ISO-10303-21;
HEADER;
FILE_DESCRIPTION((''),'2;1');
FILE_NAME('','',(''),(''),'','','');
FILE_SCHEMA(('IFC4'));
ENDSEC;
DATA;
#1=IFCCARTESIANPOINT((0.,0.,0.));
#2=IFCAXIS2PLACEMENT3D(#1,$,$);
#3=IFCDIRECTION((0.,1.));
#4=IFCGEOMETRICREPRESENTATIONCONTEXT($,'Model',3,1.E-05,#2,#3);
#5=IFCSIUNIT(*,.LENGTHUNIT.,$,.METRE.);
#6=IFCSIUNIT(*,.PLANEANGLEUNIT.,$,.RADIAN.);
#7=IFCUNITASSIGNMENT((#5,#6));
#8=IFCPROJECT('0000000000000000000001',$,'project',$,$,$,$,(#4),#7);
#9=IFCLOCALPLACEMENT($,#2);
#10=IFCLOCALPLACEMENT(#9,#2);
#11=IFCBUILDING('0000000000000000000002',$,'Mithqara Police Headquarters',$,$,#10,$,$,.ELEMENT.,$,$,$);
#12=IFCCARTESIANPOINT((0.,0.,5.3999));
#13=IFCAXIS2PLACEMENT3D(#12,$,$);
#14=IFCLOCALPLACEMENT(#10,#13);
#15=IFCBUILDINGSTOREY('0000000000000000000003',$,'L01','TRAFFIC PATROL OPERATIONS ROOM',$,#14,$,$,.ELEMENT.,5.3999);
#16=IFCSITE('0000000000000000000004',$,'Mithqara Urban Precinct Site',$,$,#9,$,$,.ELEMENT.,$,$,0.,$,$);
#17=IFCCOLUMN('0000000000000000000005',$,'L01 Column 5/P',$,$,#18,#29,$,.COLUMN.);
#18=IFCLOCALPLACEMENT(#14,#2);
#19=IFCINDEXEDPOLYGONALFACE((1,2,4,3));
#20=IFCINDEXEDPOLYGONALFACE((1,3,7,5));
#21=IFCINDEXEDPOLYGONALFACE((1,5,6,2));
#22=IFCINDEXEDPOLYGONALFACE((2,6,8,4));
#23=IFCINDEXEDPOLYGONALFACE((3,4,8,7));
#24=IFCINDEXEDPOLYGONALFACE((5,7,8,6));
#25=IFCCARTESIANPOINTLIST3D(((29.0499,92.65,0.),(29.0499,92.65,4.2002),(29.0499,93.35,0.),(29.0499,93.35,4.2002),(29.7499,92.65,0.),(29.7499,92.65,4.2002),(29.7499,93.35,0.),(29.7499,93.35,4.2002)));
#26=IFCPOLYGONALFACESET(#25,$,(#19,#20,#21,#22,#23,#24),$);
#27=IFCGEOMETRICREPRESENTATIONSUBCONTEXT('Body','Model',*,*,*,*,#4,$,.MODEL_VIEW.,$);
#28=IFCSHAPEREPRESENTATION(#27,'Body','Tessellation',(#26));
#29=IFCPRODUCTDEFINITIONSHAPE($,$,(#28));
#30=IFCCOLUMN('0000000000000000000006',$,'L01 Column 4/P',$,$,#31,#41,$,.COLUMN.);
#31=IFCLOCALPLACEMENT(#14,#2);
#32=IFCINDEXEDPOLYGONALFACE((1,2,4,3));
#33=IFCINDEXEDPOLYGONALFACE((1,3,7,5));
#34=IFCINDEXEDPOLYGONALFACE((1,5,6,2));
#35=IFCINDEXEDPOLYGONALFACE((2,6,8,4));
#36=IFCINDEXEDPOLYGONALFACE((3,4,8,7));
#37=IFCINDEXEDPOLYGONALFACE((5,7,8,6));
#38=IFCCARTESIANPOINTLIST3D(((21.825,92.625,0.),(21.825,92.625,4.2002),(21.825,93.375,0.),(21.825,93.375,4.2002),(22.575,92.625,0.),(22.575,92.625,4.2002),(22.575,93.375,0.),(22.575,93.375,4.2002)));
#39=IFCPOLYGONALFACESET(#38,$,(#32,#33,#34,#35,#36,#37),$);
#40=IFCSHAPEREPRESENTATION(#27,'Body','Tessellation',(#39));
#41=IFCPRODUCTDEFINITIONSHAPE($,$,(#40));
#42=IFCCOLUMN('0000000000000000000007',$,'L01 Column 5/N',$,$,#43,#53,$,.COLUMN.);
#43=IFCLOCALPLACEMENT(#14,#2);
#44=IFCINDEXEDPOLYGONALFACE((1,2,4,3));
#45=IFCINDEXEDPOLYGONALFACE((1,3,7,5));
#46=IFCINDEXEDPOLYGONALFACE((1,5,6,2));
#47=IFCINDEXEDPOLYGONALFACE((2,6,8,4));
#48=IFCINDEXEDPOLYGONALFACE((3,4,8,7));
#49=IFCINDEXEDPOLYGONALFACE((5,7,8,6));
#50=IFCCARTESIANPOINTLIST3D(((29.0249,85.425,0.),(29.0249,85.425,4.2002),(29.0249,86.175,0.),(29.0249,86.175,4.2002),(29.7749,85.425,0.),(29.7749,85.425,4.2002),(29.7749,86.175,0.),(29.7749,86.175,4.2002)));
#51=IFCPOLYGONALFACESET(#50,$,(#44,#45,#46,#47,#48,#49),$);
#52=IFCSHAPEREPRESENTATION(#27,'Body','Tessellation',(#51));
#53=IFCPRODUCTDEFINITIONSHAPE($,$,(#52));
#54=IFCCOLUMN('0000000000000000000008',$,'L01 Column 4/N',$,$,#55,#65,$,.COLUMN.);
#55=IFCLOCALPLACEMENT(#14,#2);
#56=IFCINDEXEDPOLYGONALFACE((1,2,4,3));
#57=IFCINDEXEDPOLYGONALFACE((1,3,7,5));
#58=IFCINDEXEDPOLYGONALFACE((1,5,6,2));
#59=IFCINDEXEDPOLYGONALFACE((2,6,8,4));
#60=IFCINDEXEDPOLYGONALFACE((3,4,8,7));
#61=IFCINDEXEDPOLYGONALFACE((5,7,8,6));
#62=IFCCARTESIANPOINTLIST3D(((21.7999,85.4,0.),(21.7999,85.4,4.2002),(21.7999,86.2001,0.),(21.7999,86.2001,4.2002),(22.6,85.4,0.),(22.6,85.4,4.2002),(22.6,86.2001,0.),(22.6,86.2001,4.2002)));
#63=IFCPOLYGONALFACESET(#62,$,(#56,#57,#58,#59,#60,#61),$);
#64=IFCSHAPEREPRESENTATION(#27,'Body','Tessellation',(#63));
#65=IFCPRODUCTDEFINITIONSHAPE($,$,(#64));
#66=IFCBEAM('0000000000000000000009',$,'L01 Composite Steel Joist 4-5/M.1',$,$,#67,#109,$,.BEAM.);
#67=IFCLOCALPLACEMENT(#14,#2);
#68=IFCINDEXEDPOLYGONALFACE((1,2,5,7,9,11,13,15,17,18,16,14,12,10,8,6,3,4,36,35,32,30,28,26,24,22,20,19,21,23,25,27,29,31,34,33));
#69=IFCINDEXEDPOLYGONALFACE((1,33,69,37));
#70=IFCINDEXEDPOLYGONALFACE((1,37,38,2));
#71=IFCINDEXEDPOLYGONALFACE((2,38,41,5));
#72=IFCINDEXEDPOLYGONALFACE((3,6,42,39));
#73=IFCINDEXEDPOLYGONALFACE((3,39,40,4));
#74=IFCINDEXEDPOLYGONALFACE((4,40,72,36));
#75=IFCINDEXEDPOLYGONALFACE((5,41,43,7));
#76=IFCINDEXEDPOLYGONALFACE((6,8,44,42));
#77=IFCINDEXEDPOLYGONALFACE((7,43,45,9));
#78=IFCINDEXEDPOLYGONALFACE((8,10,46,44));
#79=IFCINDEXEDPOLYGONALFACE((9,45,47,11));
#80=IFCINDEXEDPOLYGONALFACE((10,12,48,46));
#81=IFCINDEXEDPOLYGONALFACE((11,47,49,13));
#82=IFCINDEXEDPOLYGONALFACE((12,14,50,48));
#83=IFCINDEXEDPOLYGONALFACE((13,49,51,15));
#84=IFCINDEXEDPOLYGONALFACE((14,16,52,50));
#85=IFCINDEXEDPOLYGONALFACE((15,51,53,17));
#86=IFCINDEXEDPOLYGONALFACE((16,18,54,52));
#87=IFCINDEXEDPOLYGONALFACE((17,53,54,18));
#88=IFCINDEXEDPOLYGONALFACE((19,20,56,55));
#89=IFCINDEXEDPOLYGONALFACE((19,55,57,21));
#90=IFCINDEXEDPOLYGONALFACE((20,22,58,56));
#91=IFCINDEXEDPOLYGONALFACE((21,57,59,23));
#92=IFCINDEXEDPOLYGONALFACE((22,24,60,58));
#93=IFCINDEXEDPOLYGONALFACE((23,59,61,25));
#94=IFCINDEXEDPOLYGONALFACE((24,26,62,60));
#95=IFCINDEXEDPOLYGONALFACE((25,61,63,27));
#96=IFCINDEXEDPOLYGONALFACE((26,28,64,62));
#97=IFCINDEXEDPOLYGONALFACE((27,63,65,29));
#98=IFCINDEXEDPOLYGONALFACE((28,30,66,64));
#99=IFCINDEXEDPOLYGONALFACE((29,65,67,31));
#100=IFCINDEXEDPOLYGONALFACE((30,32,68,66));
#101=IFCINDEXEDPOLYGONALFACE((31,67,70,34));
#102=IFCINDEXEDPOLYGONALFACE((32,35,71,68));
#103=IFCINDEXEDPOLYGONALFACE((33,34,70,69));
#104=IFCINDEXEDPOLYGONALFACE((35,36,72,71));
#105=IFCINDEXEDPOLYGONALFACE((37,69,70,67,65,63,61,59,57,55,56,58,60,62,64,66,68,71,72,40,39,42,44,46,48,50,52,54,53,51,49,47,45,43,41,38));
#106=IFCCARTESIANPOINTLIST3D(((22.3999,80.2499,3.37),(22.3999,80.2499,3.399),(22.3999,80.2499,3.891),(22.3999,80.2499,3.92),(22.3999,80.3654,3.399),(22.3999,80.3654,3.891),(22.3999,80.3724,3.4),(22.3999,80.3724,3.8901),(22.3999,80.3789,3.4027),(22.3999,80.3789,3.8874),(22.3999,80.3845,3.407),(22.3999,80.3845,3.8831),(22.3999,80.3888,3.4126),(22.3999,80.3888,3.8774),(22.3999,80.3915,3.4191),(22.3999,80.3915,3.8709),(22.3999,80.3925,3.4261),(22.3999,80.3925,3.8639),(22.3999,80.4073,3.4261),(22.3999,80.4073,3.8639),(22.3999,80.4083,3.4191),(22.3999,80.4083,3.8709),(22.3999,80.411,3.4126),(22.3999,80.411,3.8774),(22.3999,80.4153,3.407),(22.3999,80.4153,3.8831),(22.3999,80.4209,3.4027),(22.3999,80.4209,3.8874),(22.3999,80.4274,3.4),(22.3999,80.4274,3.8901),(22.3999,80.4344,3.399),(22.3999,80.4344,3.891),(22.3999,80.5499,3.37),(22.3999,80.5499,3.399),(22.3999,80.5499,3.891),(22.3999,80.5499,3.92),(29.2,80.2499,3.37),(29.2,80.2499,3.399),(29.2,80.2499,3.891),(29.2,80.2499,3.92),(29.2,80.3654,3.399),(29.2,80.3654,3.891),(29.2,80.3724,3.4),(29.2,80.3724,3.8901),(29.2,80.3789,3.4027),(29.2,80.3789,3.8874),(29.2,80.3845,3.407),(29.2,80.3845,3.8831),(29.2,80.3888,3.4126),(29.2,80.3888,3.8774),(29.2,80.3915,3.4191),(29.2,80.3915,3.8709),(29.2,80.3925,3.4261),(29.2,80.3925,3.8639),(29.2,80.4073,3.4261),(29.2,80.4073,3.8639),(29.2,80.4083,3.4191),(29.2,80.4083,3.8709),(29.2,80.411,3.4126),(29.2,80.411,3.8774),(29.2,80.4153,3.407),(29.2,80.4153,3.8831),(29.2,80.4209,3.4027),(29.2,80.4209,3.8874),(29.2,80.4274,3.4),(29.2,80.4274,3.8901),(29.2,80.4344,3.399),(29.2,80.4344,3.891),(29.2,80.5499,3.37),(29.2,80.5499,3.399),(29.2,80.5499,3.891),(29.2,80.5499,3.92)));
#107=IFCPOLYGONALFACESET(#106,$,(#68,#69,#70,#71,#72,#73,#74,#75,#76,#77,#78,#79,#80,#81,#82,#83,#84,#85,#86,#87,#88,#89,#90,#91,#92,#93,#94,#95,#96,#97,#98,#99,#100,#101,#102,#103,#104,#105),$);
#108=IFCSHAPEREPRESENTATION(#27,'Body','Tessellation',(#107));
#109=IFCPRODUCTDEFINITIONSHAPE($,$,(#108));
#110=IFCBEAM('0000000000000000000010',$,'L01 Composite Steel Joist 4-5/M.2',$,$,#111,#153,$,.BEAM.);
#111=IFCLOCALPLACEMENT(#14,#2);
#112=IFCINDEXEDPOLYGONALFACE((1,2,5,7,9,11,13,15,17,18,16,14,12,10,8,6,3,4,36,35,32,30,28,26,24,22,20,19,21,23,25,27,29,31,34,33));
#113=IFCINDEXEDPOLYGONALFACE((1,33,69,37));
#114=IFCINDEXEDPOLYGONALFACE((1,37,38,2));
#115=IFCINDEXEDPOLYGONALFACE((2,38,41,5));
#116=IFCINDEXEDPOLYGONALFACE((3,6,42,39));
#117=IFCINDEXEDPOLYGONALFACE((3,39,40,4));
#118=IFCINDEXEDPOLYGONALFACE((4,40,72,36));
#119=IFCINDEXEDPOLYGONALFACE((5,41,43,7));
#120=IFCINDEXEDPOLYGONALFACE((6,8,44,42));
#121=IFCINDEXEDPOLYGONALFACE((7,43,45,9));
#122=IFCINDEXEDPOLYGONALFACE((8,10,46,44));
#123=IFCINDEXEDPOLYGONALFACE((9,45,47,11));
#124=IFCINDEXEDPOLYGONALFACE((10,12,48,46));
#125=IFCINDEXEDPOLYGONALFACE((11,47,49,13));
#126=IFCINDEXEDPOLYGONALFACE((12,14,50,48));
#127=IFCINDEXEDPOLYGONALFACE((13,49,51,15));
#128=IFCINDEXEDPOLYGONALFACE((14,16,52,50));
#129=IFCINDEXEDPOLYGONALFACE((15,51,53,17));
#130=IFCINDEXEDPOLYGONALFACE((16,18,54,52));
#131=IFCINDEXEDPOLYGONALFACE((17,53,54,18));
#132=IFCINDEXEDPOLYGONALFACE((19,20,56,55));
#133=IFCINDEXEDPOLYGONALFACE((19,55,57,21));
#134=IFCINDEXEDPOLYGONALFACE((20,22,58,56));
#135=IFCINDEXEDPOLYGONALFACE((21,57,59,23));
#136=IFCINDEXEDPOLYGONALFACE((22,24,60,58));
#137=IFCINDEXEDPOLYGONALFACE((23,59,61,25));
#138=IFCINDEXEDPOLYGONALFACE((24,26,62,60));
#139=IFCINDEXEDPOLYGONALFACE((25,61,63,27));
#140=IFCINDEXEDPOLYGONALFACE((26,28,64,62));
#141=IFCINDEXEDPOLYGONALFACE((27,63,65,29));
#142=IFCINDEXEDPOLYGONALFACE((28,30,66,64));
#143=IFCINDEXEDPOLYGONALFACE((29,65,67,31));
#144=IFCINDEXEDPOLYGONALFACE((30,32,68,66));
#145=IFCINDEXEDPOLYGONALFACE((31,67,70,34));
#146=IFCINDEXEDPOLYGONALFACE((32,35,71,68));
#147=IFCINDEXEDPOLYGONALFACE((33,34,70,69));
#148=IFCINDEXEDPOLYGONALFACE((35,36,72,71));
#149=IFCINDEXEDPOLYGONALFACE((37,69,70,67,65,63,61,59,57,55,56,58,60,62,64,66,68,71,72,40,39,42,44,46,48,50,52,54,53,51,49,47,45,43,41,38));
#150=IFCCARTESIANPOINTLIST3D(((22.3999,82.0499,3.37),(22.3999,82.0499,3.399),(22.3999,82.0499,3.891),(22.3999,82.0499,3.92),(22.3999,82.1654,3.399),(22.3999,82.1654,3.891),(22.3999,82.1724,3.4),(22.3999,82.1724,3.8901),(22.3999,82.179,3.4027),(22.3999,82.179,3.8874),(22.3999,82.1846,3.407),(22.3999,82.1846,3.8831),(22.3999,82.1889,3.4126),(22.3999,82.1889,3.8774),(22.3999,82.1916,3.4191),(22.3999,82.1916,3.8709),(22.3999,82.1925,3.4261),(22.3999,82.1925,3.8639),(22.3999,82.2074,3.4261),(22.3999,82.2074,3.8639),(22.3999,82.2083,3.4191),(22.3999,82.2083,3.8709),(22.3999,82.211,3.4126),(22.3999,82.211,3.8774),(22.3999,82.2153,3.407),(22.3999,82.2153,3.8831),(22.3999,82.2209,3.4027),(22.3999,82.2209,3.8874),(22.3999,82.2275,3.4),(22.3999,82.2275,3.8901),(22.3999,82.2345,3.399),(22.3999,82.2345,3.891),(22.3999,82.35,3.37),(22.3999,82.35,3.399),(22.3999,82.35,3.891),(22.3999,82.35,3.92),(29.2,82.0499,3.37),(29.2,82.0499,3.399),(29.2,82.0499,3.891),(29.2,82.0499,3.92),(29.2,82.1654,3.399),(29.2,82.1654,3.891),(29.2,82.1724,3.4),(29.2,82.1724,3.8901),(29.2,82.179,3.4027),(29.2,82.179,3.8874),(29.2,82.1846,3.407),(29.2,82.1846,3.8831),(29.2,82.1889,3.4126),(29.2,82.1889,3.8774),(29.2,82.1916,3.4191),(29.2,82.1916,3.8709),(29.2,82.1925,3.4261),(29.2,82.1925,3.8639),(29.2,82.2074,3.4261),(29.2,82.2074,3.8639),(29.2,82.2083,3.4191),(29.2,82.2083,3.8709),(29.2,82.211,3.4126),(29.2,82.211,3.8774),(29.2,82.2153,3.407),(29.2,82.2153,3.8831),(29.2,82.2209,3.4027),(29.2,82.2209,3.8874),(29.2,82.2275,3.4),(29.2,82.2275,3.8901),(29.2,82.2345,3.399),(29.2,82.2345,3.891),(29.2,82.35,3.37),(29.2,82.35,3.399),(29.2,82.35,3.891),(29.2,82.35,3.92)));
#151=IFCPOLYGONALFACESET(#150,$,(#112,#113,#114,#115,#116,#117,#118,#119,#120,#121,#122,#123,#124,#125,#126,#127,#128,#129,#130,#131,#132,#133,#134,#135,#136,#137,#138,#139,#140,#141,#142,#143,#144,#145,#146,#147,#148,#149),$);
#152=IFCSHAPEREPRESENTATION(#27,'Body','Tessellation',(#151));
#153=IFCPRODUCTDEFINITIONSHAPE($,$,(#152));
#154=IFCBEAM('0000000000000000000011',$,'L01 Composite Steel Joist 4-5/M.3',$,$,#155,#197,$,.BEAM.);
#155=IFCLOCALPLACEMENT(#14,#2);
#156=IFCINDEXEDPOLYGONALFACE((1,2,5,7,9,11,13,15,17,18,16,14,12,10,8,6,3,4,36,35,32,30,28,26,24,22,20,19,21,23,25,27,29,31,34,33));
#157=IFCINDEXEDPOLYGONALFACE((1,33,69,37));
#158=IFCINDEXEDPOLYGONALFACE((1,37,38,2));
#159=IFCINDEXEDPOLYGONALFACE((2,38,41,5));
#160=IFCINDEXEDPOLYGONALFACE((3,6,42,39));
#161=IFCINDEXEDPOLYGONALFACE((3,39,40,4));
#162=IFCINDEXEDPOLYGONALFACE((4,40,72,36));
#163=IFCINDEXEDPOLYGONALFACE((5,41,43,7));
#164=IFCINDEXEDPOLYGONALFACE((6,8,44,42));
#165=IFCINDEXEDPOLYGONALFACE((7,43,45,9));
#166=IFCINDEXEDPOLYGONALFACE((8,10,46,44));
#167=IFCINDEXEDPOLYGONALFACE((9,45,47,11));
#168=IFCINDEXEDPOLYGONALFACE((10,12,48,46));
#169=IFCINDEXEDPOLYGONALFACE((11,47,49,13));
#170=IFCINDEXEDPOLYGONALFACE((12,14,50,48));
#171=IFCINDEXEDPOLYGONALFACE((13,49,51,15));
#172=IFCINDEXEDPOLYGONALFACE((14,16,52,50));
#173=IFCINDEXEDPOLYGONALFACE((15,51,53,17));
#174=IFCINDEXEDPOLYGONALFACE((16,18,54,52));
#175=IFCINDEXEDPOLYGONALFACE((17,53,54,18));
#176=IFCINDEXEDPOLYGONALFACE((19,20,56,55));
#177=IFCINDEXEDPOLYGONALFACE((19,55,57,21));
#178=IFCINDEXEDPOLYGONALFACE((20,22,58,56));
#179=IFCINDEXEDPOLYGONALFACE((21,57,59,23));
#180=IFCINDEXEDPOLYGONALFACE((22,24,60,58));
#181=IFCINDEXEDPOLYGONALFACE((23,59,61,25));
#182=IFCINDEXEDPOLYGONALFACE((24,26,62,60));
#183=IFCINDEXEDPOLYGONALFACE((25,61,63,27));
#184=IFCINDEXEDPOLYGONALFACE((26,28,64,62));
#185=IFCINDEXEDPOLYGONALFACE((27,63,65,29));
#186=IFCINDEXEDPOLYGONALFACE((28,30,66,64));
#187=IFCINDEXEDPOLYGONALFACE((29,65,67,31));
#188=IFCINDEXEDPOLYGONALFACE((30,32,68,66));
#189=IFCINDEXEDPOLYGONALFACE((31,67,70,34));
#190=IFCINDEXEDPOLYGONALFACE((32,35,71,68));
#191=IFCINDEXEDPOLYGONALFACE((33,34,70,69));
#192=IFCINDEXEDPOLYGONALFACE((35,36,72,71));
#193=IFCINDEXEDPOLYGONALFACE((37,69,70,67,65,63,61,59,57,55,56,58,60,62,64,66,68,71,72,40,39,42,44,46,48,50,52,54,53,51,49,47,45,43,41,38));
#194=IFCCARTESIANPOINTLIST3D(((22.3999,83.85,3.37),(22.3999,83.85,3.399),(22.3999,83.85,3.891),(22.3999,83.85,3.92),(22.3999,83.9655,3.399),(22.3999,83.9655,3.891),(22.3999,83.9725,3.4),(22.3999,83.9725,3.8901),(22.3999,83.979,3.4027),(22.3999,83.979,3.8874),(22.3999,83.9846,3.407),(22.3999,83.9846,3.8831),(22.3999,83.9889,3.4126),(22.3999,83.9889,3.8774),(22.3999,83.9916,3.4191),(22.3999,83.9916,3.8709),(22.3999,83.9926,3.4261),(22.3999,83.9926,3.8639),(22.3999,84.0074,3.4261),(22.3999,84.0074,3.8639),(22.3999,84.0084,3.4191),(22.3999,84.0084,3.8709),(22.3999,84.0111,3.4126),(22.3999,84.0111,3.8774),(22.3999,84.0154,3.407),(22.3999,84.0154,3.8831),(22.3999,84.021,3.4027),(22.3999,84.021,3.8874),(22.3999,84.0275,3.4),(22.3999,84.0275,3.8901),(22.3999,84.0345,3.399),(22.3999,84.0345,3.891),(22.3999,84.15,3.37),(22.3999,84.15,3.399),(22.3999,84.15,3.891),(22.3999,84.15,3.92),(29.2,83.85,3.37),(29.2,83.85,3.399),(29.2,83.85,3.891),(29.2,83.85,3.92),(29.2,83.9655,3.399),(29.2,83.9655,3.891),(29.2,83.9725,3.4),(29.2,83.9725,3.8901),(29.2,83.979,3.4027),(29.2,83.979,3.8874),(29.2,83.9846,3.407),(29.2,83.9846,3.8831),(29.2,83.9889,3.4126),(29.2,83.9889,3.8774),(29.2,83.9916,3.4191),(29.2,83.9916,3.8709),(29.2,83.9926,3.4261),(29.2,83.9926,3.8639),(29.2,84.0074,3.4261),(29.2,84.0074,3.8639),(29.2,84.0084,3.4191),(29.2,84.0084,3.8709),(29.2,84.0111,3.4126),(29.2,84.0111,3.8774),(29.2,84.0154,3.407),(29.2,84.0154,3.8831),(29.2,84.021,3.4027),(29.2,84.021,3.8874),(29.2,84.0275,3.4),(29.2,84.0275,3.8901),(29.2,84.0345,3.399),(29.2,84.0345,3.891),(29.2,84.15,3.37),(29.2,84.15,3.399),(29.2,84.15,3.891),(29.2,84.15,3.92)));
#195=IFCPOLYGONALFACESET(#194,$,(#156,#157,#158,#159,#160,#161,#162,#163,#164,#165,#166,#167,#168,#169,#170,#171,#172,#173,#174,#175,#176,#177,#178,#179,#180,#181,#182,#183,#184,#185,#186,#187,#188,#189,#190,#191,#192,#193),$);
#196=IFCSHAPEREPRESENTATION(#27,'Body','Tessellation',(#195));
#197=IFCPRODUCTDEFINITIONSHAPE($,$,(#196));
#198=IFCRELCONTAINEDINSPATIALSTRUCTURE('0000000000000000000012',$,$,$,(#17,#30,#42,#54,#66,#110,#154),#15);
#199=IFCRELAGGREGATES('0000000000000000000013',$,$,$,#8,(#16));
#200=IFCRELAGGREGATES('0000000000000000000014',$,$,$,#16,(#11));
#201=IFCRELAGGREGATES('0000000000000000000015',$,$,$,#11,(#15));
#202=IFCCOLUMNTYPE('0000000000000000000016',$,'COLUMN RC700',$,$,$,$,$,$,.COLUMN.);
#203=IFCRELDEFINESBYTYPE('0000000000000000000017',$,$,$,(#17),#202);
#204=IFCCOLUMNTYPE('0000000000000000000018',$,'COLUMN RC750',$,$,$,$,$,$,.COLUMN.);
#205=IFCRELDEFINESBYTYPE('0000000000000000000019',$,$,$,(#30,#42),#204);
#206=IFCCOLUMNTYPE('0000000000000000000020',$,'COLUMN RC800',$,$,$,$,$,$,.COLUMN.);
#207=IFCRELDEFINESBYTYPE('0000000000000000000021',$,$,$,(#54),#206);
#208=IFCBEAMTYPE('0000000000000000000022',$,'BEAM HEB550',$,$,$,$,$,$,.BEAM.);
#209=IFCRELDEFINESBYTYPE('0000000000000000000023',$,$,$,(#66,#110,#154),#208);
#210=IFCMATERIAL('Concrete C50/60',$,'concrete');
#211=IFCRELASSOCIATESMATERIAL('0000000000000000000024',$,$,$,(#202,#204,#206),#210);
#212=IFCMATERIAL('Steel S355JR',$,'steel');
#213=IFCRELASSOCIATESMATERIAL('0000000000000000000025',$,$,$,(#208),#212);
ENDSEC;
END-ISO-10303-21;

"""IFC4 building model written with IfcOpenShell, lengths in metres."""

from ifc_helpers import new_model, si_unit, direction, frame, origin, origin_2d, place, context, subcontext, project, spatial, rectangle, i_section, extrude, material, material_profile, profile_set, type_object, element, save


model = new_model("IFC4")

# Units and contexts
model_context = context("Model", 3, precision=1e-05, world=origin(), true_north=direction((0.0, 1.0)))
body_context = subcontext(model_context, "Body", "Model", "MODEL_VIEW")
ifc_project = project(units=[si_unit("LENGTHUNIT", "METRE"), si_unit("PLANEANGLEUNIT", "RADIAN")], contexts=[model_context])

# Site, building, storey
site_placement = place(None, origin())
site = spatial("IfcSite", under=ifc_project, at=site_placement, Name="Mithqara Urban Precinct Site", CompositionType="ELEMENT", RefElevation=0.0)
building_placement = place(site_placement, origin())
building = spatial("IfcBuilding", under=site, at=building_placement, Name="Mithqara Police Headquarters", CompositionType="ELEMENT")
storey_placement = place(building_placement, frame((0.0, 0.0, 5.3999)))
storey = spatial("IfcBuildingStorey", under=building, at=storey_placement, Name="L01", Description="TRAFFIC PATROL OPERATIONS ROOM", CompositionType="ELEMENT", Elevation=5.3999)

# Columns
ifc_material_1 = material(Name="Concrete C50/60", Category="concrete")
ifc_material_profile_1 = material_profile(ifc_material_1, rectangle(XDim=0.7, YDim=0.7, at=origin_2d()), Name="RC 700x700")
ifc_profile_set_1 = profile_set([ifc_material_profile_1], Name="Concrete C50/60")
column_type_1 = type_object("IfcColumnType", Name="COLUMN RC700", PredefinedType="COLUMN", material=ifc_profile_set_1)
column_1_placement = place(storey_placement, frame((29.3999, 93.0, 0.0), z_axis=(0.0, 0.0, 1.0), x_axis=(1.0, 0.0, 0.0)))
element("IfcColumn", 1, at=column_1_placement, inside=storey, type_object=column_type_1, Name="L01 Column 5/P", PredefinedType="COLUMN", context=body_context, shape_type="SweptSolid", body=[
    extrude(rectangle(XDim=0.7, YDim=0.7, at=origin_2d()), origin(), (0.0, 0.0, 1.0), 4.2002),
])
ifc_material_profile_2 = material_profile(ifc_material_1, rectangle(XDim=0.75, YDim=0.75, at=origin_2d()), Name="RC 750x750")
ifc_profile_set_2 = profile_set([ifc_material_profile_2], Name="Concrete C50/60")
column_type_2 = type_object("IfcColumnType", Name="COLUMN RC750", PredefinedType="COLUMN", material=ifc_profile_set_2)
for number, where, z_axis, x_axis, name in (
    (2, (22.2, 93.0, 0.0), (0.0, 0.0, 1.0), (1.0, 0.0, 0.0), "L01 Column 4/P"),
    (3, (29.3999, 85.8, 0.0), (0.0, 0.0, 1.0), (1.0, 0.0, 0.0), "L01 Column 5/N"),
):
    element("IfcColumn", number, at=place(storey_placement, frame(where, z_axis=z_axis, x_axis=x_axis)), inside=storey, type_object=column_type_2, Name=name, PredefinedType="COLUMN", context=body_context, shape_type="SweptSolid", body=[
        extrude(rectangle(XDim=0.75, YDim=0.75, at=origin_2d()), origin(), (0.0, 0.0, 1.0), 4.2002),
    ])
ifc_material_profile_3 = material_profile(ifc_material_1, rectangle(XDim=0.8, YDim=0.8, at=origin_2d()), Name="RC 800x800")
ifc_profile_set_3 = profile_set([ifc_material_profile_3], Name="Concrete C50/60")
column_type_3 = type_object("IfcColumnType", Name="COLUMN RC800", PredefinedType="COLUMN", material=ifc_profile_set_3)
column_2_placement = place(storey_placement, frame((22.2, 85.8, 0.0), z_axis=(0.0, 0.0, 1.0), x_axis=(1.0, 0.0, 0.0)))
element("IfcColumn", 4, at=column_2_placement, inside=storey, type_object=column_type_3, Name="L01 Column 4/N", PredefinedType="COLUMN", context=body_context, shape_type="SweptSolid", body=[
    extrude(rectangle(XDim=0.8, YDim=0.8, at=origin_2d()), origin(), (0.0, 0.0, 1.0), 4.2002),
])

# Beams
ifc_material_2 = material(Name="Steel S355JR", Category="steel")
ifc_material_profile_4 = material_profile(ifc_material_2, i_section(OverallWidth=0.3, OverallDepth=0.55, WebThickness=0.0149, FlangeThickness=0.0291, FilletRadius=0.0271, at=origin_2d()), Name="HEB 550")
ifc_profile_set_4 = profile_set([ifc_material_profile_4], Name="Steel S355JR")
beam_type_1 = type_object("IfcBeamType", Name="BEAM HEB550", PredefinedType="BEAM", material=ifc_profile_set_4)
for number, where, z_axis, x_axis, name in (
    (5, (22.3999, 80.3999, 3.645), (1.0, 0.0, 0.0), (0.0, 1.0, 0.0), "L01 Composite Steel Joist 4-5/M.1"),
    (6, (22.3999, 82.2, 3.645), (1.0, 0.0, 0.0), (0.0, 1.0, 0.0), "L01 Composite Steel Joist 4-5/M.2"),
    (7, (22.3999, 84.0, 3.645), (1.0, 0.0, 0.0), (0.0, 1.0, 0.0), "L01 Composite Steel Joist 4-5/M.3"),
):
    element("IfcBeam", number, at=place(storey_placement, frame(where, z_axis=z_axis, x_axis=x_axis)), inside=storey, type_object=beam_type_1, Name=name, PredefinedType="BEAM", context=body_context, shape_type="SweptSolid", body=[
        extrude(i_section(OverallWidth=0.3, OverallDepth=0.55, WebThickness=0.0149, FlangeThickness=0.0291, FilletRadius=0.0271, at=origin_2d()), origin(), (0.0, 0.0, 1.0), 6.8),
    ])

save(model, "model.ifc")
